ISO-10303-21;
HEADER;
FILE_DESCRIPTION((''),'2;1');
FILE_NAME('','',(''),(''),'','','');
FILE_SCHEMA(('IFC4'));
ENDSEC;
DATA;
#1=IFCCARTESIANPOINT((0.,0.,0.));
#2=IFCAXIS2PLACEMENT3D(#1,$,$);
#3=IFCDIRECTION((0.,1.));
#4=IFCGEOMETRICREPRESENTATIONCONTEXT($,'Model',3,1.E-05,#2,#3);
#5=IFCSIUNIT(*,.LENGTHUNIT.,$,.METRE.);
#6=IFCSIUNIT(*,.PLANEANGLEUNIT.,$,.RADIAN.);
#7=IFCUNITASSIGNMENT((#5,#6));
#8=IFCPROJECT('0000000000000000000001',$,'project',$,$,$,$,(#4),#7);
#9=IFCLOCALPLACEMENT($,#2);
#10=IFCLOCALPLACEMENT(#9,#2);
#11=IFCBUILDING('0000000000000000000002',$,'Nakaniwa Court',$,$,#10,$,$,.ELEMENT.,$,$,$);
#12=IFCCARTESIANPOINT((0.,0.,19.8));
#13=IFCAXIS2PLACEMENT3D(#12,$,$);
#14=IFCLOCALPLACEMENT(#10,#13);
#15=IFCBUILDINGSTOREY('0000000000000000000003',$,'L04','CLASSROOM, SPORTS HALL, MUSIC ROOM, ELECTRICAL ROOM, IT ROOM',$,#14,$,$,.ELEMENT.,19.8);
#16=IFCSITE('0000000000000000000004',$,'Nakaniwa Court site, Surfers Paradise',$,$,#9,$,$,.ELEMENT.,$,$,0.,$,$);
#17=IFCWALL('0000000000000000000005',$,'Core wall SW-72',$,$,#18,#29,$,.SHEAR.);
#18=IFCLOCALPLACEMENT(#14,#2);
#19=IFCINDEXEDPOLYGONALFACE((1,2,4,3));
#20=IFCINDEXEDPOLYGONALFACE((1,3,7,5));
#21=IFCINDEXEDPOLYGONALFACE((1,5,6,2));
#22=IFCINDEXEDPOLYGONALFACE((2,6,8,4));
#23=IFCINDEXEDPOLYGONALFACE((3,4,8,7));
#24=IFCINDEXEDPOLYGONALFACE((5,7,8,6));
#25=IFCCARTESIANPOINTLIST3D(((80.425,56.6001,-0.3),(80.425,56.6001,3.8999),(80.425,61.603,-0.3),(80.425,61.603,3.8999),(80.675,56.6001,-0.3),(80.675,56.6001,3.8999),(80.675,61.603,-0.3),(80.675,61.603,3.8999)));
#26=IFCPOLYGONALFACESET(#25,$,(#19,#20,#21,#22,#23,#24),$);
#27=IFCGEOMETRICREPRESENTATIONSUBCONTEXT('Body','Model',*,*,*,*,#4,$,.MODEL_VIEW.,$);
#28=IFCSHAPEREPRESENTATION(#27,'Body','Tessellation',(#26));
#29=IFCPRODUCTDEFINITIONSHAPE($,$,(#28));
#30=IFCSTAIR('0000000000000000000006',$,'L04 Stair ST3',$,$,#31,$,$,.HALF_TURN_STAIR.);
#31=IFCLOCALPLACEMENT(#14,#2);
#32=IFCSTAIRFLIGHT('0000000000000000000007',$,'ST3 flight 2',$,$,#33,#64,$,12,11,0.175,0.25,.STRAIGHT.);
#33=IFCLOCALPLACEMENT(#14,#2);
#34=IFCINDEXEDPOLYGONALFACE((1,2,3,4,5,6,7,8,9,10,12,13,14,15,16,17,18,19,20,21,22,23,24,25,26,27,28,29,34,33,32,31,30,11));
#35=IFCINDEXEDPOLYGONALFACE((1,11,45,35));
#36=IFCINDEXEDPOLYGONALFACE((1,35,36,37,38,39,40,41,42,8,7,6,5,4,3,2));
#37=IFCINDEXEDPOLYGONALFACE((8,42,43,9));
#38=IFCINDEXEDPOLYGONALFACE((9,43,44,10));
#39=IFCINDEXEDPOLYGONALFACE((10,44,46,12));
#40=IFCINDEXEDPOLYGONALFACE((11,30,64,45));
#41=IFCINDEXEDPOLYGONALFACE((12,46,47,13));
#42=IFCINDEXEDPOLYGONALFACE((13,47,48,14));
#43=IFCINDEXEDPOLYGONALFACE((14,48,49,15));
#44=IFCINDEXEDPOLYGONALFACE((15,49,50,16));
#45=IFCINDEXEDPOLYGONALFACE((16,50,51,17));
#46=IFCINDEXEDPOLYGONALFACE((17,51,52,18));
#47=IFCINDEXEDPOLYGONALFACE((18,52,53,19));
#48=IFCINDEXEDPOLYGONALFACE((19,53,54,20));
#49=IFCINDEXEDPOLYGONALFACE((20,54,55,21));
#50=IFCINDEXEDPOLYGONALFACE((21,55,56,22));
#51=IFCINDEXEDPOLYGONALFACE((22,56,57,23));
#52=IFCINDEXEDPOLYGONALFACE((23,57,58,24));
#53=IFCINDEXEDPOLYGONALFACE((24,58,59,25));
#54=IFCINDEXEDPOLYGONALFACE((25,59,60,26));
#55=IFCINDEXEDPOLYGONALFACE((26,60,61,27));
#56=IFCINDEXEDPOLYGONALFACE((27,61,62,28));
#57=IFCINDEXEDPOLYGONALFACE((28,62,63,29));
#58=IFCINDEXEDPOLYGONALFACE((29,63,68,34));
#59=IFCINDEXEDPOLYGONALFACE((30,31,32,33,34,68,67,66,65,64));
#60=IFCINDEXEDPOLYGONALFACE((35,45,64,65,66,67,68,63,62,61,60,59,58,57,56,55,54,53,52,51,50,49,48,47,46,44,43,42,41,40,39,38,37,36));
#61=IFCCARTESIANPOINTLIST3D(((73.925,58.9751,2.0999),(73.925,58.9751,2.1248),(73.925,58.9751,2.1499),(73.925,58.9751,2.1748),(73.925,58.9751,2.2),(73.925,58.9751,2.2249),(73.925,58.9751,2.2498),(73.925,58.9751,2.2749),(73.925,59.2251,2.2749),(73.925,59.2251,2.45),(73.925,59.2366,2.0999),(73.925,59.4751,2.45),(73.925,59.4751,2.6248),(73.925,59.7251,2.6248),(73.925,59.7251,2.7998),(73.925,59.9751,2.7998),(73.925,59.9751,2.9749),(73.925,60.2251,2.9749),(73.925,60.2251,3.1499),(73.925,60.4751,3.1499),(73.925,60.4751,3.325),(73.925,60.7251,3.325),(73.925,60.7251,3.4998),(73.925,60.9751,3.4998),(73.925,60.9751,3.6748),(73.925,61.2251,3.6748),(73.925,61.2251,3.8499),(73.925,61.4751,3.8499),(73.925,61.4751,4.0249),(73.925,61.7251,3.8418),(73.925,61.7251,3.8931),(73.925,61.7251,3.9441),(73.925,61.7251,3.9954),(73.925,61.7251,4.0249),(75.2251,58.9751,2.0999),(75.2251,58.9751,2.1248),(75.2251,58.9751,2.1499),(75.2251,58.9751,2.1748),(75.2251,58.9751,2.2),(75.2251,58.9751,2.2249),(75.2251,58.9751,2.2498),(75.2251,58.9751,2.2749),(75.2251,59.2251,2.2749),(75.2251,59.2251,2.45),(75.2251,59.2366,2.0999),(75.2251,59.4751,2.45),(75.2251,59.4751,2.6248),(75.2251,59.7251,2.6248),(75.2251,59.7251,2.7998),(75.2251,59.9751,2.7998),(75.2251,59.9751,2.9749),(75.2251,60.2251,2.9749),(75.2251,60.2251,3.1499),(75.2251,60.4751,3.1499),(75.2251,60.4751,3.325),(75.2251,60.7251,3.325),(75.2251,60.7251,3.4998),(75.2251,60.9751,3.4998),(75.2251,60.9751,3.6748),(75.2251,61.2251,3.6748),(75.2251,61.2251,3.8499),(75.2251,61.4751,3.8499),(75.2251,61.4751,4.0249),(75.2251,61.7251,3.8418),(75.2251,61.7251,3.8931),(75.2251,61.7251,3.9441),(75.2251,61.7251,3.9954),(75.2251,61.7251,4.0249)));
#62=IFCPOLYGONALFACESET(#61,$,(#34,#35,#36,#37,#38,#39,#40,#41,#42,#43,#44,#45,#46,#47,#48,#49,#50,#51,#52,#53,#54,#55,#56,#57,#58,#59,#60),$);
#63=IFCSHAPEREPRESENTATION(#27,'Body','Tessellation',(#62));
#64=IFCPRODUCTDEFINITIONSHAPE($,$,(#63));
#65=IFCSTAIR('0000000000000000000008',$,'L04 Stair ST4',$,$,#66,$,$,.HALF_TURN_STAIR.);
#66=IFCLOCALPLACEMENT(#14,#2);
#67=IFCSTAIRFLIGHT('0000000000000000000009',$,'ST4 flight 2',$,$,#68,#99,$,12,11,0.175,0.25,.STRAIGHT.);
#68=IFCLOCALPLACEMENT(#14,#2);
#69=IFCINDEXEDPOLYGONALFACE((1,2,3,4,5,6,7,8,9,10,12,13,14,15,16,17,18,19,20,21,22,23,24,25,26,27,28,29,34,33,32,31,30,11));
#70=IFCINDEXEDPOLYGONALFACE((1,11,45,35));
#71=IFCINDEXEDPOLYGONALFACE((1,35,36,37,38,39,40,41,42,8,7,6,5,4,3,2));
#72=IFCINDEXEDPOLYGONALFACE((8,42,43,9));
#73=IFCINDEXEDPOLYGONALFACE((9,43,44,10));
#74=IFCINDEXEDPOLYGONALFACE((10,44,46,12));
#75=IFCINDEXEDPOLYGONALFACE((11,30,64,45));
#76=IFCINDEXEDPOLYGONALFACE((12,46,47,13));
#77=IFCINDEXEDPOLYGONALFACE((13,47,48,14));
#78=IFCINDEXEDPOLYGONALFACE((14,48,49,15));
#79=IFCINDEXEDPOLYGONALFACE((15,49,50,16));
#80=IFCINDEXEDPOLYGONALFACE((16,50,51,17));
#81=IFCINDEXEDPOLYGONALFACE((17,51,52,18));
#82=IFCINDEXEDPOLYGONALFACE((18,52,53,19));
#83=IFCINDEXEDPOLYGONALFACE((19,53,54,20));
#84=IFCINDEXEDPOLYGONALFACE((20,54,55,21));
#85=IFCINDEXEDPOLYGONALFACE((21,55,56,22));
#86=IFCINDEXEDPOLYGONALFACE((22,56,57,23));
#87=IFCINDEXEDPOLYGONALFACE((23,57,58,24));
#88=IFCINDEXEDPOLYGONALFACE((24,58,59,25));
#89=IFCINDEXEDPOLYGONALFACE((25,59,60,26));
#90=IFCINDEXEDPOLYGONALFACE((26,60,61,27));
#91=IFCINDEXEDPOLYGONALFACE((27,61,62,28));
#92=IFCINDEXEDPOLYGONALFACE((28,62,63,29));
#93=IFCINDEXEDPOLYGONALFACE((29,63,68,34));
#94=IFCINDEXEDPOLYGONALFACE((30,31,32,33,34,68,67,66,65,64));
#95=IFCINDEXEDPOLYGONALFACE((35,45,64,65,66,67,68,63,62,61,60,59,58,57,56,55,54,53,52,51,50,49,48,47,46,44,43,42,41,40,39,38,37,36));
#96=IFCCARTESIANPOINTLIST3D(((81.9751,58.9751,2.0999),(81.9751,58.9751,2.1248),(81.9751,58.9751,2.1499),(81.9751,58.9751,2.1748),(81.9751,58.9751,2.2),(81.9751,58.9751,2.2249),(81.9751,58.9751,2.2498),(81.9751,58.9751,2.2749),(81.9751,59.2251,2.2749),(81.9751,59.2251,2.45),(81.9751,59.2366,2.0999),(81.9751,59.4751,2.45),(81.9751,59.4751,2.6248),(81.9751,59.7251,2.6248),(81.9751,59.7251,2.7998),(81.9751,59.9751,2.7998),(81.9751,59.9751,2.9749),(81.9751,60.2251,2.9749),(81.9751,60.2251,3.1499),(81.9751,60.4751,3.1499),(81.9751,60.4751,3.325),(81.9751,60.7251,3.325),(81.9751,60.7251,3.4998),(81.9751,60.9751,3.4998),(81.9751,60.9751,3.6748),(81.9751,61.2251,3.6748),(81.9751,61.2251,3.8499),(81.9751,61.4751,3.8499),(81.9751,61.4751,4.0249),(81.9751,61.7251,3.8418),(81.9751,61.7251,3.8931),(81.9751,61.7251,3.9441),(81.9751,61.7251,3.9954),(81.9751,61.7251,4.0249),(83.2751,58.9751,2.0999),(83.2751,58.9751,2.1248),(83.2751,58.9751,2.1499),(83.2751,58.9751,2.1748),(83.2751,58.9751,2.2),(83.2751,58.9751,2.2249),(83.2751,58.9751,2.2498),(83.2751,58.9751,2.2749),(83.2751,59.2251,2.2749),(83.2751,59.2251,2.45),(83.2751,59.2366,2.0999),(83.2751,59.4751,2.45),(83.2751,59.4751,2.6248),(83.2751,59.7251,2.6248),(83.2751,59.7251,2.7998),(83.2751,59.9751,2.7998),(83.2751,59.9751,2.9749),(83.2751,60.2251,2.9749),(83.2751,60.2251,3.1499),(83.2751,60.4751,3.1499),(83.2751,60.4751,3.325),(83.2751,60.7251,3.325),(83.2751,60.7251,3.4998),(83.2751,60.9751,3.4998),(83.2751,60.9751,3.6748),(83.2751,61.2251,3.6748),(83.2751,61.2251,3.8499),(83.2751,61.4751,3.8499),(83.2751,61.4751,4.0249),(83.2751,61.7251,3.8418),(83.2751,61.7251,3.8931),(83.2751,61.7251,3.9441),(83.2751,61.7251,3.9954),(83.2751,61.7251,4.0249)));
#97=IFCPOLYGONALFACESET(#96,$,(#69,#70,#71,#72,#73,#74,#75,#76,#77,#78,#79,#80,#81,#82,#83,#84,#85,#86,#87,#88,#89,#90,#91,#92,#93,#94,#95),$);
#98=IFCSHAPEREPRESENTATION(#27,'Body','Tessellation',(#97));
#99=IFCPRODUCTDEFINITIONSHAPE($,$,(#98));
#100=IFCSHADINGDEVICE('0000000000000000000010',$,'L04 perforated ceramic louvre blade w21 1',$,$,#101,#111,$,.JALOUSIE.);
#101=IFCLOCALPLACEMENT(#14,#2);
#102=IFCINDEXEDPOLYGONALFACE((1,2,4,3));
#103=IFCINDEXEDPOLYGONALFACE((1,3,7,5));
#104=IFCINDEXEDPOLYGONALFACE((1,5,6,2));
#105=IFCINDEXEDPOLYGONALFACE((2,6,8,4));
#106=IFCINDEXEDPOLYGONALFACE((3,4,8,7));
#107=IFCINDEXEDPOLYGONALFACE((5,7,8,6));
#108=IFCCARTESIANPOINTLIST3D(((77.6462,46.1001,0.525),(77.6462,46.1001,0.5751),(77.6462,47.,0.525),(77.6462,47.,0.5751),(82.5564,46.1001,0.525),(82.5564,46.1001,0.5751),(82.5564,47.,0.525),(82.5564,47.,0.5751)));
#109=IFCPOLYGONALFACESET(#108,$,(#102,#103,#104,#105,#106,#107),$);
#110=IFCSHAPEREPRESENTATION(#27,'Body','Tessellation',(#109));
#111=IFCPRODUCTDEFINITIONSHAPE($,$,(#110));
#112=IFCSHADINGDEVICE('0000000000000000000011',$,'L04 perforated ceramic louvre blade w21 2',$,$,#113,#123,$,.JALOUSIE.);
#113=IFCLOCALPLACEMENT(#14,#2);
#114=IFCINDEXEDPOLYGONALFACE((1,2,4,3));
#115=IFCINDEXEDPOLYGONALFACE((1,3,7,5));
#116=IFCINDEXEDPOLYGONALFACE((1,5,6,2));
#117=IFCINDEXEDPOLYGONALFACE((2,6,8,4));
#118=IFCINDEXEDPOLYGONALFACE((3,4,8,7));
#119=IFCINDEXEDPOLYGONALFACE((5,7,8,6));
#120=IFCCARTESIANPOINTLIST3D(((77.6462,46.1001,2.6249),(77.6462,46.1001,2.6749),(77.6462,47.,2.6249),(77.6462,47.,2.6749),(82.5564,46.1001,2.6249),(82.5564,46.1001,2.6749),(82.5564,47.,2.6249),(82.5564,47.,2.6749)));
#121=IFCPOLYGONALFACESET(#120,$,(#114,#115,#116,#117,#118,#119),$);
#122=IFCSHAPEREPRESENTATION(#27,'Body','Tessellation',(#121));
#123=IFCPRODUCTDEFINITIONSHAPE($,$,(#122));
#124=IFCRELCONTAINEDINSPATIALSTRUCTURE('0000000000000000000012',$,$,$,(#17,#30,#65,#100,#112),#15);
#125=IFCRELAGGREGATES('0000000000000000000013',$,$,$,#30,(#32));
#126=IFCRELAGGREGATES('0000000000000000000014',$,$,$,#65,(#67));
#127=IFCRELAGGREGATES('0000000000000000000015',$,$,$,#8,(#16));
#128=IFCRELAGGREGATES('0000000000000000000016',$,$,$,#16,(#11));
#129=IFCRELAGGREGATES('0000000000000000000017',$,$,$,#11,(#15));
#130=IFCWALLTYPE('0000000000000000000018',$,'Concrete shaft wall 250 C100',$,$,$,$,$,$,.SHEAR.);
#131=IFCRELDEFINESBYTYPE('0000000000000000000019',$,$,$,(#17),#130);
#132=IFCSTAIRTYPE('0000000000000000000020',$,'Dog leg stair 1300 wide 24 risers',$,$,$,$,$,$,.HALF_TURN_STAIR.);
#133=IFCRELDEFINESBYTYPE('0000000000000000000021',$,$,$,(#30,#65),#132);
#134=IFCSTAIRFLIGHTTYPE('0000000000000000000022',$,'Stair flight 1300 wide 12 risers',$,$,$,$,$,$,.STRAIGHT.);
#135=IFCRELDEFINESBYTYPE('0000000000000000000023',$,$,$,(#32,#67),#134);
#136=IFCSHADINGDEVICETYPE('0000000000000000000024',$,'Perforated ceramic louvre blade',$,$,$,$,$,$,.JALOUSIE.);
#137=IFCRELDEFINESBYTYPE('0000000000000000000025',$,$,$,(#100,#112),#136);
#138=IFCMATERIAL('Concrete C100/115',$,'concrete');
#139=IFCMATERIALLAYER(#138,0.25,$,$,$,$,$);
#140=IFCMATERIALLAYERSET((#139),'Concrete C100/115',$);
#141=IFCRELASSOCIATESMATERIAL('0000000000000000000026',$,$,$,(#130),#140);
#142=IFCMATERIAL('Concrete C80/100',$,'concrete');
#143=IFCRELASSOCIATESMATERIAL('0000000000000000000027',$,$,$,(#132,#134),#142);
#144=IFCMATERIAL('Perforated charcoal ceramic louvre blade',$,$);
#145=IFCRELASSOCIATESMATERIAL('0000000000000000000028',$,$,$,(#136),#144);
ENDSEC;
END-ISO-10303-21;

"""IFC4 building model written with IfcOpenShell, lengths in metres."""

from ifc_helpers import new_model, si_unit, direction, frame, frame_2d, origin, origin_2d, place, context, subcontext, project, spatial, polyline, rectangle, outline, extrude, material, layer, layer_set, material_profile, profile_set, type_object, element, aggregate, save


model = new_model("IFC4")

# Units and contexts
model_context = context("Model", 3, precision=1e-05, world=origin(), true_north=direction((0.0, 1.0)))
body_context = subcontext(model_context, "Body", "Model", "MODEL_VIEW")
ifc_project = project(units=[si_unit("LENGTHUNIT", "METRE"), si_unit("PLANEANGLEUNIT", "RADIAN")], contexts=[model_context])

# Site, building, storey
site_placement = place(None, origin())
site = spatial("IfcSite", under=ifc_project, at=site_placement, Name="Nakaniwa Court site, Surfers Paradise", CompositionType="ELEMENT", RefElevation=0.0)
building_placement = place(site_placement, origin())
building = spatial("IfcBuilding", under=site, at=building_placement, Name="Nakaniwa Court", CompositionType="ELEMENT")
storey_placement = place(building_placement, frame((0.0, 0.0, 19.8)))
storey = spatial("IfcBuildingStorey", under=building, at=storey_placement, Name="L04", Description="CLASSROOM, SPORTS HALL, MUSIC ROOM, ELECTRICAL ROOM, IT ROOM", CompositionType="ELEMENT", Elevation=19.8)

# Shared definitions
ifc_material_1 = material(Name="Concrete C100/115", Category="concrete")

# Wall
ifc_layer_1 = layer(ifc_material_1, 0.25)
ifc_layer_set_1 = layer_set([ifc_layer_1], Name="Concrete C100/115")
wall_type_1 = type_object("IfcWallType", Name="Concrete shaft wall 250 C100", PredefinedType="SHEAR", material=ifc_layer_set_1)
for number, where, z_axis, x_axis, name in (
    (1, (80.55, 56.6001, -0.3), (0.0, 0.0, 1.0), (0.0, 1.0, 0.0), "Core wall SW-72"),
):
    element("IfcWall", number, at=place(storey_placement, frame(where, z_axis=z_axis, x_axis=x_axis)), inside=storey, type_object=wall_type_1, Name=name, PredefinedType="SHEAR", context=body_context, shape_type="SweptSolid", body=[
        extrude(rectangle(XDim=5.0029, YDim=0.25, at=frame_2d((2.5015, 0.0))), origin(), (0.0, 0.0, 1.0), 4.2),
    ])

# Stairs, stair flights
ifc_material_2 = material(Name="Concrete C80/100", Category="concrete")
stair_type = type_object("IfcStairType", Name="Dog leg stair 1300 wide 24 risers", PredefinedType="HALF_TURN_STAIR", material=ifc_material_2)
stair_1_placement = place(storey_placement, origin())
stair_1 = element("IfcStair", 2, at=stair_1_placement, inside=storey, type_object=stair_type, Name="L04 Stair ST3", PredefinedType="HALF_TURN_STAIR")
stair_flight_type = type_object("IfcStairFlightType", Name="Stair flight 1300 wide 12 risers", PredefinedType="STRAIGHT", material=ifc_material_2)
stair_flight_1_placement = place(storey_placement, frame((74.575, 58.9751, 2.0999), z_axis=(0.0, 0.0, 1.0), x_axis=(0.0, 1.0, 0.0)))
stair_flight_1 = element("IfcStairFlight", 3, at=stair_flight_1_placement, type_object=stair_flight_type, Name="ST3 flight 2", NumberOfRisers=12, NumberOfTreads=11, PredefinedType="STRAIGHT", RiserHeight=0.175, TreadLength=0.25, context=body_context, shape_type="SweptSolid", body=[
    extrude(outline(polyline([(0.0, 0.0), (0.0, 0.0249), (0.0, 0.05), (0.0, 0.075), (0.0, 0.1001), (0.0, 0.125), (0.0, 0.1499), (0.0, 0.175), (0.25, 0.175), (0.25, 0.3501), (0.5, 0.3501), (0.5, 0.5249), (0.75, 0.5249), (0.75, 0.7), (1.0, 0.7), (1.0, 0.875), (1.25, 0.875), (1.25, 1.05), (1.5, 1.05), (1.5, 1.2251), (1.75, 1.2251), (1.75, 1.3999), (2.0, 1.3999), (2.0, 1.575), (2.25, 1.575), (2.25, 1.75), (2.5, 1.75), (2.5, 1.925), (2.75, 1.925), (2.75, 2.1001), (2.75, 2.0488), (2.75, 1.9978), (2.75, 1.9465), (2.75, 1.8955), (2.75, 1.8442), (2.75, 1.7932), (2.75, 1.7419), (0.2615, 0.0), (0.0, 0.0)])), frame((0.0, 0.6499, 0.0), z_axis=(0.0, -1.0, 0.0), x_axis=(1.0, 0.0, 0.0)), (0.0, 0.0, 1.0), 1.3),
])
aggregate(stair_1, [stair_flight_1])
stair_2_placement = place(storey_placement, origin())
stair_2 = element("IfcStair", 4, at=stair_2_placement, inside=storey, type_object=stair_type, Name="L04 Stair ST4", PredefinedType="HALF_TURN_STAIR")
stair_flight_2_placement = place(storey_placement, frame((82.625, 58.9751, 2.0999), z_axis=(0.0, 0.0, 1.0), x_axis=(0.0, 1.0, 0.0)))
stair_flight_2 = element("IfcStairFlight", 5, at=stair_flight_2_placement, type_object=stair_flight_type, Name="ST4 flight 2", NumberOfRisers=12, NumberOfTreads=11, PredefinedType="STRAIGHT", RiserHeight=0.175, TreadLength=0.25, context=body_context, shape_type="SweptSolid", body=[
    extrude(outline(polyline([(0.0, 0.0), (0.0, 0.0249), (0.0, 0.05), (0.0, 0.075), (0.0, 0.1001), (0.0, 0.125), (0.0, 0.1499), (0.0, 0.175), (0.25, 0.175), (0.25, 0.3501), (0.5, 0.3501), (0.5, 0.5249), (0.75, 0.5249), (0.75, 0.7), (1.0, 0.7), (1.0, 0.875), (1.25, 0.875), (1.25, 1.05), (1.5, 1.05), (1.5, 1.2251), (1.75, 1.2251), (1.75, 1.3999), (2.0, 1.3999), (2.0, 1.575), (2.25, 1.575), (2.25, 1.75), (2.5, 1.75), (2.5, 1.925), (2.75, 1.925), (2.75, 2.1001), (2.75, 2.0488), (2.75, 1.9978), (2.75, 1.9465), (2.75, 1.8955), (2.75, 1.8442), (2.75, 1.7932), (2.75, 1.7419), (0.2615, 0.0), (0.0, 0.0)])), frame((0.0, 0.6499, 0.0), z_axis=(0.0, -1.0, 0.0), x_axis=(1.0, 0.0, 0.0)), (0.0, 0.0, 1.0), 1.3),
])
aggregate(stair_2, [stair_flight_2])

# Shading devices
ifc_material_3 = material(Name="Perforated charcoal ceramic louvre blade")
ifc_material_profile_1 = material_profile(ifc_material_3, rectangle(XDim=0.8999, YDim=0.05, at=origin_2d()), Name="Perforated ceramic louvre blade")
ifc_profile_set_1 = profile_set([ifc_material_profile_1], Name="Perforated charcoal ceramic louvre blade")
shading_device_type = type_object("IfcShadingDeviceType", Name="Perforated ceramic louvre blade", PredefinedType="JALOUSIE", material=ifc_profile_set_1)
for number, where, z_axis, x_axis, name in (
    (6, (77.6462, 46.55, 0.55), (1.0, 0.0, 0.0), (0.0, 1.0, 0.0), "L04 perforated ceramic louvre blade w21 1"),
    (7, (77.6462, 46.55, 2.6499), (1.0, 0.0, 0.0), (0.0, 1.0, 0.0), "L04 perforated ceramic louvre blade w21 2"),
):
    element("IfcShadingDevice", number, at=place(storey_placement, frame(where, z_axis=z_axis, x_axis=x_axis)), inside=storey, type_object=shading_device_type, Name=name, PredefinedType="JALOUSIE", context=body_context, shape_type="SweptSolid", body=[
        extrude(rectangle(XDim=0.8999, YDim=0.05, at=origin_2d()), origin(), (0.0, 0.0, 1.0), 4.9102),
    ])

save(model, "model.ifc")
